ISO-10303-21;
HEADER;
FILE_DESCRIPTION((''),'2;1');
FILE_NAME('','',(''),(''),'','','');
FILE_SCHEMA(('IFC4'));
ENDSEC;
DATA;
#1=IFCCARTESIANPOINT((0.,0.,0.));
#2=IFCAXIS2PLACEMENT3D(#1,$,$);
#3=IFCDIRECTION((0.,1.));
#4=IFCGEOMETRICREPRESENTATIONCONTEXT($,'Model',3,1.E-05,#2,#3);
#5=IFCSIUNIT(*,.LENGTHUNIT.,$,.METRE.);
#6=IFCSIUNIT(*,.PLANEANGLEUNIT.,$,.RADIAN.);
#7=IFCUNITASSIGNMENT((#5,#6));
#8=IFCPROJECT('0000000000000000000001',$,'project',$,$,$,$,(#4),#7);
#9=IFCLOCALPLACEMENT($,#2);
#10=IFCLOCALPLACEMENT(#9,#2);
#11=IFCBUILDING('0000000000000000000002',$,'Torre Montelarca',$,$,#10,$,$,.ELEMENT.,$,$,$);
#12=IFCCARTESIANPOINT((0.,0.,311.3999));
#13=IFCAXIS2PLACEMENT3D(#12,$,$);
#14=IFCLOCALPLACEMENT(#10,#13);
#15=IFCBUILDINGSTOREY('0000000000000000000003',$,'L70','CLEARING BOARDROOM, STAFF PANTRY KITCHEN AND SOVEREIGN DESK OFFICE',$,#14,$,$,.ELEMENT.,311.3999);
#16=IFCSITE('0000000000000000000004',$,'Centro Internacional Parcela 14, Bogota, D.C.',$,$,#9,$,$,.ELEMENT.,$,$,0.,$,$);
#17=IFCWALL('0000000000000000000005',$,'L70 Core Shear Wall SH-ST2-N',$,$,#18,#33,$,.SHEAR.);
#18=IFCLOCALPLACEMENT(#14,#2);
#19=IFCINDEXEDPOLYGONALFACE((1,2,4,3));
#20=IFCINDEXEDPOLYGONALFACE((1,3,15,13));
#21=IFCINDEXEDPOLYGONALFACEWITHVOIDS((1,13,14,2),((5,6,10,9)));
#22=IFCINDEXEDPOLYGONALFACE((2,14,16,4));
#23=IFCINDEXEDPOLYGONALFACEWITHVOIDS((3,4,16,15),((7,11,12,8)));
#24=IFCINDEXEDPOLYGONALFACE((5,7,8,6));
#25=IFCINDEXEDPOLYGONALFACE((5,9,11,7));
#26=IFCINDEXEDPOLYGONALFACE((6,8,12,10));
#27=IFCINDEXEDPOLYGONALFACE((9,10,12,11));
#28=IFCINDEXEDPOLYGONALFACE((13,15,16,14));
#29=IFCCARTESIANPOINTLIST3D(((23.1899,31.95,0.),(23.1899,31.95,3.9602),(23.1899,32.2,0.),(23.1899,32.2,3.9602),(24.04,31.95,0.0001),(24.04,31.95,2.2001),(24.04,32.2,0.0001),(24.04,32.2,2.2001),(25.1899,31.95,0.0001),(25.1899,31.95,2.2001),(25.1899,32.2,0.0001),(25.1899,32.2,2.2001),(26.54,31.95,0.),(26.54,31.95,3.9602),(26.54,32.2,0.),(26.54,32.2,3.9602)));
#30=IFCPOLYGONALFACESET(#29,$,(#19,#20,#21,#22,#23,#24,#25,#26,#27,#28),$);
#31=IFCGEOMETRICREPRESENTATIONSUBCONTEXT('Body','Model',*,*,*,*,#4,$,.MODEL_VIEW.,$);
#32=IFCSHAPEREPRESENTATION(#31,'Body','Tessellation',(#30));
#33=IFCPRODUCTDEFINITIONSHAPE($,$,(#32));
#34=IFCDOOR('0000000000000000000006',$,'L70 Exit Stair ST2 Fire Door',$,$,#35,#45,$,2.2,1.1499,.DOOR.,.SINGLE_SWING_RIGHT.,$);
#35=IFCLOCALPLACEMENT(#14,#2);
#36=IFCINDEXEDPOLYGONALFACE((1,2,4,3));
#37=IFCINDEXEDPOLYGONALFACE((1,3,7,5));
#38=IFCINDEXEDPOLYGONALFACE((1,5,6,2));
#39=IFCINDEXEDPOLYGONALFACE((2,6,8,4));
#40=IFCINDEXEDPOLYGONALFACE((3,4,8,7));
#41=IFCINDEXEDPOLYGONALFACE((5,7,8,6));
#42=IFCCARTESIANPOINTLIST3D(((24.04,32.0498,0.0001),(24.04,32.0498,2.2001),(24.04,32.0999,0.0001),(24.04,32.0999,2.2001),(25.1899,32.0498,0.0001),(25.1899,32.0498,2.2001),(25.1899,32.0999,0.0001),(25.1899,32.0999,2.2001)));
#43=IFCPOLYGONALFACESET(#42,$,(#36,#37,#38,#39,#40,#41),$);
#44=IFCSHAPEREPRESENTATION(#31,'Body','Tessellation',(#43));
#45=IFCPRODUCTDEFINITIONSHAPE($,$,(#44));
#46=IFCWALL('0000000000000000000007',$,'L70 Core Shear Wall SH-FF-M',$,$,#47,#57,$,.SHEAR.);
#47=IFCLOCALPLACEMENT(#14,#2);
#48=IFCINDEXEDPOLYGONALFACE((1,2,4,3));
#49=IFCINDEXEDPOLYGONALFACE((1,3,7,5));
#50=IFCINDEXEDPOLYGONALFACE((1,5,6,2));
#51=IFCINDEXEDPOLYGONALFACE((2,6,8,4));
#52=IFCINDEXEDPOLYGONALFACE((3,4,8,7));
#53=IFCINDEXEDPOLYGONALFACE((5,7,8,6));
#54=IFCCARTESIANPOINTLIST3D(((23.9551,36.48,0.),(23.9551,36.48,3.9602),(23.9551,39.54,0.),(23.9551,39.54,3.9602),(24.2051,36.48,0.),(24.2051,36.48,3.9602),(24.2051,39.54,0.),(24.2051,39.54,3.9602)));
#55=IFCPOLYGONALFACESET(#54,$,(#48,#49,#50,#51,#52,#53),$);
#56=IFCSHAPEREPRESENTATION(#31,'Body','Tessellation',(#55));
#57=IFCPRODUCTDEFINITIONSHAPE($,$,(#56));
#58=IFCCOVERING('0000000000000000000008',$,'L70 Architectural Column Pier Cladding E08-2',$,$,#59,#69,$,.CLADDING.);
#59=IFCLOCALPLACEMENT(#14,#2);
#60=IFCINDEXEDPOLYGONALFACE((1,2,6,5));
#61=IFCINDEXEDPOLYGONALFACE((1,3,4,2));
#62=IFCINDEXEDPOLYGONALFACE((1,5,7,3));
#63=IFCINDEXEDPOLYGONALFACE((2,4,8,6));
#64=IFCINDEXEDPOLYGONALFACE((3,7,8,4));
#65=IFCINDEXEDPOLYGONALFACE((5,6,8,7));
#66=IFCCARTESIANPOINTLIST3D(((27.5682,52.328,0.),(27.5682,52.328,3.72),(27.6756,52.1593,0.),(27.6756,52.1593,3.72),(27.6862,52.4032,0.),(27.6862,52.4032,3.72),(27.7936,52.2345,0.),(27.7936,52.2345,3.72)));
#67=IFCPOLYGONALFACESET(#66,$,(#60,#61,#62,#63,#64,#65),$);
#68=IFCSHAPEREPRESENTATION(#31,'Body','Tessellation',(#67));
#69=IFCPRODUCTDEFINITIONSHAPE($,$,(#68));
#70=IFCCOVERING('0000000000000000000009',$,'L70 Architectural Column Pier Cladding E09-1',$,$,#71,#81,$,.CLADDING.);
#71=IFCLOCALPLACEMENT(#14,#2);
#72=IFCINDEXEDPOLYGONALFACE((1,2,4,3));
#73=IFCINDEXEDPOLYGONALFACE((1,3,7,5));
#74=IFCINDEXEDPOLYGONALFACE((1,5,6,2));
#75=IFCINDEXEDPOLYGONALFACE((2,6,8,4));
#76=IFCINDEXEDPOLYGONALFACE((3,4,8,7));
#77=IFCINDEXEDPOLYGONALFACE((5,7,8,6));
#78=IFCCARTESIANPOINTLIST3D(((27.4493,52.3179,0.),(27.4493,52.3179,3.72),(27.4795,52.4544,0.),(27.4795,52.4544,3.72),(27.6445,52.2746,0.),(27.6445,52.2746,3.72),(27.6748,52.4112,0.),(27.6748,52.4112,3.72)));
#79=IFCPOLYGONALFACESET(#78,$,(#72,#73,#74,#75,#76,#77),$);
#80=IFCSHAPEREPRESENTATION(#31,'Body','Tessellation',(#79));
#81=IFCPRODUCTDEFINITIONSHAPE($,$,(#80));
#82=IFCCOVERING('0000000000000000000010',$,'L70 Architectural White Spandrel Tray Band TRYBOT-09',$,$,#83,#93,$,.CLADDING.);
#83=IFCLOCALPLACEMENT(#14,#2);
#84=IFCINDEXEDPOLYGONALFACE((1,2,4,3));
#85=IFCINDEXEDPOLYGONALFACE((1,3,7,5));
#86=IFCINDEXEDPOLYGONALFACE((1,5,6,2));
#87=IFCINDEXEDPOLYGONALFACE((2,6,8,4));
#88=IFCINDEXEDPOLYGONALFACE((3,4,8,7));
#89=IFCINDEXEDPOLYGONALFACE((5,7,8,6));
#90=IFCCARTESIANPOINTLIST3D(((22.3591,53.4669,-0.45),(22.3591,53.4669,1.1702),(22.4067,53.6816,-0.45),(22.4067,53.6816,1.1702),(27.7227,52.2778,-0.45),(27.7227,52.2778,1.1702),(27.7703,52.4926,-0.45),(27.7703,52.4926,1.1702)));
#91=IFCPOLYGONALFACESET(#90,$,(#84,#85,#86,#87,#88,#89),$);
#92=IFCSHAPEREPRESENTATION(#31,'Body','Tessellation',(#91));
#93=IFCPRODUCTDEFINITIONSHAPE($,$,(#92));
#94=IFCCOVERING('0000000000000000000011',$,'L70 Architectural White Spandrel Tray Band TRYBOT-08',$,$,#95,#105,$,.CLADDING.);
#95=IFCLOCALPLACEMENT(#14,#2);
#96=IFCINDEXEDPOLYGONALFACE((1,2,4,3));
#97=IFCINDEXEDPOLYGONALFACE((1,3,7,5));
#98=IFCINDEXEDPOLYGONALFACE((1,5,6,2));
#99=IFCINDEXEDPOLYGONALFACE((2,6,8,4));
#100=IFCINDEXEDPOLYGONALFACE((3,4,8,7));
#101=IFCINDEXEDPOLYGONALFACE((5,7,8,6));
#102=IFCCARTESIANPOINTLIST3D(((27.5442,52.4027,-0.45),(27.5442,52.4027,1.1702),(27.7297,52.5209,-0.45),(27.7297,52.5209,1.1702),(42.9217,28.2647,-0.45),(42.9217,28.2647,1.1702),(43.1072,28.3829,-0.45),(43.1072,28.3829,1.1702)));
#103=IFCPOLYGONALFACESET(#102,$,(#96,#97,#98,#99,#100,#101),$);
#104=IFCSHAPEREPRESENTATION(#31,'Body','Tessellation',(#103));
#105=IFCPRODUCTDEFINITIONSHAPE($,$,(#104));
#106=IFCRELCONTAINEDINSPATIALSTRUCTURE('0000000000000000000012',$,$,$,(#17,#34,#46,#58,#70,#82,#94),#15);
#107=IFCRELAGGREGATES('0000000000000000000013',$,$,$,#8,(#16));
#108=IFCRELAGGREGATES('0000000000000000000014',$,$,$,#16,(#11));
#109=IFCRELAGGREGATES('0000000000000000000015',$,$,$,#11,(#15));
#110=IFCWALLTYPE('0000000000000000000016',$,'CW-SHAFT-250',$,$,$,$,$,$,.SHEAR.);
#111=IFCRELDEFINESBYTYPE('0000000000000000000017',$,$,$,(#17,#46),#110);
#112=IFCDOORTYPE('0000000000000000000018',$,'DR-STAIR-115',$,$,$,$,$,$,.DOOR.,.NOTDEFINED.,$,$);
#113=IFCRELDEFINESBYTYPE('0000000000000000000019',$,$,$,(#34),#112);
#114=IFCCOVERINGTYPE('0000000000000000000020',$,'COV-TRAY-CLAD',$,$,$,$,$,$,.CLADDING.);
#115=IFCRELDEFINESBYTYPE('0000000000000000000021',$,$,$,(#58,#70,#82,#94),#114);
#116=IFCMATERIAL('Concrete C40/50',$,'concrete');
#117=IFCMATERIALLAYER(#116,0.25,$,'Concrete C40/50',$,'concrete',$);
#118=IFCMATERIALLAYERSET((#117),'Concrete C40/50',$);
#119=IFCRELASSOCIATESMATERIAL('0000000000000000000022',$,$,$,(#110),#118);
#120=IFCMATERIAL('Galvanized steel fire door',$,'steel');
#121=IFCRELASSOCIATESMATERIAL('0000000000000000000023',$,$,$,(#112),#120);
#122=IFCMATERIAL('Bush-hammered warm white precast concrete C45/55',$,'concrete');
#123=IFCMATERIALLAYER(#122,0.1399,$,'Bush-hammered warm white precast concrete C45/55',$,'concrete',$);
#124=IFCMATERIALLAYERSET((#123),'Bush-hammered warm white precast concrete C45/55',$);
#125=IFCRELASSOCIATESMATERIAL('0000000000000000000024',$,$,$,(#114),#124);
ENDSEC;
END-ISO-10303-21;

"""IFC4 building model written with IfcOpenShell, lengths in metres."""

from ifc_helpers import new_model, si_unit, direction, frame, frame_2d, origin, origin_2d, place, context, subcontext, project, spatial, rectangle, extrude, source, transform, mapped, material, layer, layer_set, type_object, element, fill, save


model = new_model("IFC4")

# Units and contexts
model_context = context("Model", 3, precision=1e-05, world=origin(), true_north=direction((0.0, 1.0)))
body_context = subcontext(model_context, "Body", "Model", "MODEL_VIEW")
ifc_project = project(units=[si_unit("LENGTHUNIT", "METRE"), si_unit("PLANEANGLEUNIT", "RADIAN")], contexts=[model_context])

# Site, building, storey
site_placement = place(None, origin())
site = spatial("IfcSite", under=ifc_project, at=site_placement, Name="Centro Internacional Parcela 14, Bogota, D.C.", CompositionType="ELEMENT", RefElevation=0.0)
building_placement = place(site_placement, origin())
building = spatial("IfcBuilding", under=site, at=building_placement, Name="Torre Montelarca", CompositionType="ELEMENT")
storey_placement = place(building_placement, frame((0.0, 0.0, 311.3999)))
storey = spatial("IfcBuildingStorey", under=building, at=storey_placement, Name="L70", Description="CLEARING BOARDROOM, STAFF PANTRY KITCHEN AND SOVEREIGN DESK OFFICE", CompositionType="ELEMENT", Elevation=311.3999)

# Shared definitions
ifc_material_1 = material(Name="Concrete C40/50", Category="concrete")

# Wall, opening, door
ifc_layer_1 = layer(ifc_material_1, 0.25, Name="Concrete C40/50", Category="concrete")
ifc_layer_set_1 = layer_set([ifc_layer_1], Name="Concrete C40/50")
wall_type = type_object("IfcWallType", Name="CW-SHAFT-250", PredefinedType="SHEAR", material=ifc_layer_set_1)
wall_1_placement = place(storey_placement, frame((23.1899, 32.075, 0.0), z_axis=(0.0, 0.0, 1.0), x_axis=(1.0, 0.0, 0.0)))
wall_1 = element("IfcWall", 1, at=wall_1_placement, inside=storey, type_object=wall_type, Name="L70 Core Shear Wall SH-ST2-N", PredefinedType="SHEAR", context=body_context, shape_type="SweptSolid", body=[
    extrude(rectangle(XDim=3.3501, YDim=0.25, at=frame_2d((1.675, 0.0))), origin(), (0.0, 0.0, 1.0), 3.9602),
])
opening_placement = place(wall_1_placement, frame((0.8501, 0.0, 0.0)))
opening = element("IfcOpeningElement", 2, at=opening_placement, cuts=wall_1, PredefinedType="OPENING", context=body_context, shape_type="SweptSolid", body=[
    extrude(rectangle(XDim=1.1499, YDim=2.2, at=frame_2d((0.575, 1.1001))), frame((0.0, 0.135, 0.0), z_axis=(0.0, -1.0, 0.0), x_axis=(1.0, 0.0, 0.0)), (0.0, 0.0, 1.0), 0.27),
])
ifc_material_2 = material(Name="Galvanized steel fire door", Category="steel")
door_type = type_object("IfcDoorType", Name="DR-STAIR-115", OperationType="NOTDEFINED", PredefinedType="DOOR", material=ifc_material_2)
shared_shape_1 = source(origin(), body_context, "Body", "SweptSolid", [
    extrude(rectangle(XDim=1.1499, YDim=2.2, at=frame_2d((0.575, 1.1001))), frame((0.0, 0.0249, 0.0), z_axis=(0.0, -1.0, 0.0), x_axis=(1.0, 0.0, 0.0)), (0.0, 0.0, 1.0), 0.05),
])
door_placement = place(opening_placement, origin())
door = element("IfcDoor", 3, at=door_placement, inside=storey, type_object=door_type, Name="L70 Exit Stair ST2 Fire Door", OperationType="SINGLE_SWING_RIGHT", OverallHeight=2.2, OverallWidth=1.1499, PredefinedType="DOOR", context=body_context, shape_type="MappedRepresentation", body=[
    mapped(shared_shape_1, transform((0.0, 0.0, 0.0), scale=1.0)),
])
fill(opening, door)

# Wall
wall_2_placement = place(storey_placement, frame((24.0801, 36.48, 0.0), z_axis=(0.0, 0.0, 1.0), x_axis=(0.0, 1.0, 0.0)))
element("IfcWall", 4, at=wall_2_placement, inside=storey, type_object=wall_type, Name="L70 Core Shear Wall SH-FF-M", PredefinedType="SHEAR", context=body_context, shape_type="SweptSolid", body=[
    extrude(rectangle(XDim=3.0601, YDim=0.25, at=frame_2d((1.53, 0.0))), origin(), (0.0, 0.0, 1.0), 3.9602),
])

# Coverings
ifc_material_3 = material(Name="Bush-hammered warm white precast concrete C45/55", Category="concrete")
ifc_layer_2 = layer(ifc_material_3, 0.1399, Name="Bush-hammered warm white precast concrete C45/55", Category="concrete")
ifc_layer_set_2 = layer_set([ifc_layer_2], Name="Bush-hammered warm white precast concrete C45/55")
covering_type = type_object("IfcCoveringType", Name="COV-TRAY-CLAD", PredefinedType="CLADDING", material=ifc_layer_set_2)
shared_shape_2 = source(origin(), body_context, "Body", "SweptSolid", [
    extrude(rectangle(XDim=0.2, YDim=0.1399, at=origin_2d()), origin(), (0.0, 0.0, 1.0), 3.72),
])
for number, where, z_axis, x_axis, name in (
    (5, (27.6809, 52.2812, 0.0), (0.0, 0.0, 1.0), (-0.5373, 0.843391, 0.0), "L70 Architectural Column Pier Cladding E08-2"),
    (6, (27.562, 52.3645, 0.0), (0.0, 0.0, 1.0), (-0.976298, 0.216429, 0.0), "L70 Architectural Column Pier Cladding E09-1"),
):
    element("IfcCovering", number, at=place(storey_placement, frame(where, z_axis=z_axis, x_axis=x_axis)), inside=storey, type_object=covering_type, Name=name, PredefinedType="CLADDING", context=body_context, shape_type="MappedRepresentation", body=[
        mapped(shared_shape_2, transform((0.0, 0.0, 0.0), scale=1.0)),
    ])
shared_shape_3 = source(origin(), body_context, "Body", "SweptSolid", [
    extrude(rectangle(XDim=5.4939, YDim=0.22, at=origin_2d()), origin(), (0.0, 0.0, 1.0), 1.6201),
])
covering_1_placement = place(storey_placement, frame((25.0647, 52.9797, -0.45), z_axis=(0.0, 0.0, 1.0), x_axis=(-0.976298, 0.216433, 0.0)))
element("IfcCovering", 7, at=covering_1_placement, inside=storey, type_object=covering_type, Name="L70 Architectural White Spandrel Tray Band TRYBOT-09", PredefinedType="CLADDING", context=body_context, shape_type="MappedRepresentation", body=[
    mapped(shared_shape_3, transform((0.0, 0.0, 0.0), scale=1.0)),
])
shared_shape_4 = source(origin(), body_context, "Body", "SweptSolid", [
    extrude(rectangle(XDim=28.6201, YDim=0.22, at=origin_2d()), origin(), (0.0, 0.0, 1.0), 1.6201),
])
covering_2_placement = place(storey_placement, frame((35.3257, 40.3928, -0.45), z_axis=(0.0, 0.0, 1.0), x_axis=(-0.537298, 0.843392, 0.0)))
element("IfcCovering", 8, at=covering_2_placement, inside=storey, type_object=covering_type, Name="L70 Architectural White Spandrel Tray Band TRYBOT-08", PredefinedType="CLADDING", context=body_context, shape_type="MappedRepresentation", body=[
    mapped(shared_shape_4, transform((0.0, 0.0, 0.0), scale=1.0)),
])

save(model, "model.ifc")
